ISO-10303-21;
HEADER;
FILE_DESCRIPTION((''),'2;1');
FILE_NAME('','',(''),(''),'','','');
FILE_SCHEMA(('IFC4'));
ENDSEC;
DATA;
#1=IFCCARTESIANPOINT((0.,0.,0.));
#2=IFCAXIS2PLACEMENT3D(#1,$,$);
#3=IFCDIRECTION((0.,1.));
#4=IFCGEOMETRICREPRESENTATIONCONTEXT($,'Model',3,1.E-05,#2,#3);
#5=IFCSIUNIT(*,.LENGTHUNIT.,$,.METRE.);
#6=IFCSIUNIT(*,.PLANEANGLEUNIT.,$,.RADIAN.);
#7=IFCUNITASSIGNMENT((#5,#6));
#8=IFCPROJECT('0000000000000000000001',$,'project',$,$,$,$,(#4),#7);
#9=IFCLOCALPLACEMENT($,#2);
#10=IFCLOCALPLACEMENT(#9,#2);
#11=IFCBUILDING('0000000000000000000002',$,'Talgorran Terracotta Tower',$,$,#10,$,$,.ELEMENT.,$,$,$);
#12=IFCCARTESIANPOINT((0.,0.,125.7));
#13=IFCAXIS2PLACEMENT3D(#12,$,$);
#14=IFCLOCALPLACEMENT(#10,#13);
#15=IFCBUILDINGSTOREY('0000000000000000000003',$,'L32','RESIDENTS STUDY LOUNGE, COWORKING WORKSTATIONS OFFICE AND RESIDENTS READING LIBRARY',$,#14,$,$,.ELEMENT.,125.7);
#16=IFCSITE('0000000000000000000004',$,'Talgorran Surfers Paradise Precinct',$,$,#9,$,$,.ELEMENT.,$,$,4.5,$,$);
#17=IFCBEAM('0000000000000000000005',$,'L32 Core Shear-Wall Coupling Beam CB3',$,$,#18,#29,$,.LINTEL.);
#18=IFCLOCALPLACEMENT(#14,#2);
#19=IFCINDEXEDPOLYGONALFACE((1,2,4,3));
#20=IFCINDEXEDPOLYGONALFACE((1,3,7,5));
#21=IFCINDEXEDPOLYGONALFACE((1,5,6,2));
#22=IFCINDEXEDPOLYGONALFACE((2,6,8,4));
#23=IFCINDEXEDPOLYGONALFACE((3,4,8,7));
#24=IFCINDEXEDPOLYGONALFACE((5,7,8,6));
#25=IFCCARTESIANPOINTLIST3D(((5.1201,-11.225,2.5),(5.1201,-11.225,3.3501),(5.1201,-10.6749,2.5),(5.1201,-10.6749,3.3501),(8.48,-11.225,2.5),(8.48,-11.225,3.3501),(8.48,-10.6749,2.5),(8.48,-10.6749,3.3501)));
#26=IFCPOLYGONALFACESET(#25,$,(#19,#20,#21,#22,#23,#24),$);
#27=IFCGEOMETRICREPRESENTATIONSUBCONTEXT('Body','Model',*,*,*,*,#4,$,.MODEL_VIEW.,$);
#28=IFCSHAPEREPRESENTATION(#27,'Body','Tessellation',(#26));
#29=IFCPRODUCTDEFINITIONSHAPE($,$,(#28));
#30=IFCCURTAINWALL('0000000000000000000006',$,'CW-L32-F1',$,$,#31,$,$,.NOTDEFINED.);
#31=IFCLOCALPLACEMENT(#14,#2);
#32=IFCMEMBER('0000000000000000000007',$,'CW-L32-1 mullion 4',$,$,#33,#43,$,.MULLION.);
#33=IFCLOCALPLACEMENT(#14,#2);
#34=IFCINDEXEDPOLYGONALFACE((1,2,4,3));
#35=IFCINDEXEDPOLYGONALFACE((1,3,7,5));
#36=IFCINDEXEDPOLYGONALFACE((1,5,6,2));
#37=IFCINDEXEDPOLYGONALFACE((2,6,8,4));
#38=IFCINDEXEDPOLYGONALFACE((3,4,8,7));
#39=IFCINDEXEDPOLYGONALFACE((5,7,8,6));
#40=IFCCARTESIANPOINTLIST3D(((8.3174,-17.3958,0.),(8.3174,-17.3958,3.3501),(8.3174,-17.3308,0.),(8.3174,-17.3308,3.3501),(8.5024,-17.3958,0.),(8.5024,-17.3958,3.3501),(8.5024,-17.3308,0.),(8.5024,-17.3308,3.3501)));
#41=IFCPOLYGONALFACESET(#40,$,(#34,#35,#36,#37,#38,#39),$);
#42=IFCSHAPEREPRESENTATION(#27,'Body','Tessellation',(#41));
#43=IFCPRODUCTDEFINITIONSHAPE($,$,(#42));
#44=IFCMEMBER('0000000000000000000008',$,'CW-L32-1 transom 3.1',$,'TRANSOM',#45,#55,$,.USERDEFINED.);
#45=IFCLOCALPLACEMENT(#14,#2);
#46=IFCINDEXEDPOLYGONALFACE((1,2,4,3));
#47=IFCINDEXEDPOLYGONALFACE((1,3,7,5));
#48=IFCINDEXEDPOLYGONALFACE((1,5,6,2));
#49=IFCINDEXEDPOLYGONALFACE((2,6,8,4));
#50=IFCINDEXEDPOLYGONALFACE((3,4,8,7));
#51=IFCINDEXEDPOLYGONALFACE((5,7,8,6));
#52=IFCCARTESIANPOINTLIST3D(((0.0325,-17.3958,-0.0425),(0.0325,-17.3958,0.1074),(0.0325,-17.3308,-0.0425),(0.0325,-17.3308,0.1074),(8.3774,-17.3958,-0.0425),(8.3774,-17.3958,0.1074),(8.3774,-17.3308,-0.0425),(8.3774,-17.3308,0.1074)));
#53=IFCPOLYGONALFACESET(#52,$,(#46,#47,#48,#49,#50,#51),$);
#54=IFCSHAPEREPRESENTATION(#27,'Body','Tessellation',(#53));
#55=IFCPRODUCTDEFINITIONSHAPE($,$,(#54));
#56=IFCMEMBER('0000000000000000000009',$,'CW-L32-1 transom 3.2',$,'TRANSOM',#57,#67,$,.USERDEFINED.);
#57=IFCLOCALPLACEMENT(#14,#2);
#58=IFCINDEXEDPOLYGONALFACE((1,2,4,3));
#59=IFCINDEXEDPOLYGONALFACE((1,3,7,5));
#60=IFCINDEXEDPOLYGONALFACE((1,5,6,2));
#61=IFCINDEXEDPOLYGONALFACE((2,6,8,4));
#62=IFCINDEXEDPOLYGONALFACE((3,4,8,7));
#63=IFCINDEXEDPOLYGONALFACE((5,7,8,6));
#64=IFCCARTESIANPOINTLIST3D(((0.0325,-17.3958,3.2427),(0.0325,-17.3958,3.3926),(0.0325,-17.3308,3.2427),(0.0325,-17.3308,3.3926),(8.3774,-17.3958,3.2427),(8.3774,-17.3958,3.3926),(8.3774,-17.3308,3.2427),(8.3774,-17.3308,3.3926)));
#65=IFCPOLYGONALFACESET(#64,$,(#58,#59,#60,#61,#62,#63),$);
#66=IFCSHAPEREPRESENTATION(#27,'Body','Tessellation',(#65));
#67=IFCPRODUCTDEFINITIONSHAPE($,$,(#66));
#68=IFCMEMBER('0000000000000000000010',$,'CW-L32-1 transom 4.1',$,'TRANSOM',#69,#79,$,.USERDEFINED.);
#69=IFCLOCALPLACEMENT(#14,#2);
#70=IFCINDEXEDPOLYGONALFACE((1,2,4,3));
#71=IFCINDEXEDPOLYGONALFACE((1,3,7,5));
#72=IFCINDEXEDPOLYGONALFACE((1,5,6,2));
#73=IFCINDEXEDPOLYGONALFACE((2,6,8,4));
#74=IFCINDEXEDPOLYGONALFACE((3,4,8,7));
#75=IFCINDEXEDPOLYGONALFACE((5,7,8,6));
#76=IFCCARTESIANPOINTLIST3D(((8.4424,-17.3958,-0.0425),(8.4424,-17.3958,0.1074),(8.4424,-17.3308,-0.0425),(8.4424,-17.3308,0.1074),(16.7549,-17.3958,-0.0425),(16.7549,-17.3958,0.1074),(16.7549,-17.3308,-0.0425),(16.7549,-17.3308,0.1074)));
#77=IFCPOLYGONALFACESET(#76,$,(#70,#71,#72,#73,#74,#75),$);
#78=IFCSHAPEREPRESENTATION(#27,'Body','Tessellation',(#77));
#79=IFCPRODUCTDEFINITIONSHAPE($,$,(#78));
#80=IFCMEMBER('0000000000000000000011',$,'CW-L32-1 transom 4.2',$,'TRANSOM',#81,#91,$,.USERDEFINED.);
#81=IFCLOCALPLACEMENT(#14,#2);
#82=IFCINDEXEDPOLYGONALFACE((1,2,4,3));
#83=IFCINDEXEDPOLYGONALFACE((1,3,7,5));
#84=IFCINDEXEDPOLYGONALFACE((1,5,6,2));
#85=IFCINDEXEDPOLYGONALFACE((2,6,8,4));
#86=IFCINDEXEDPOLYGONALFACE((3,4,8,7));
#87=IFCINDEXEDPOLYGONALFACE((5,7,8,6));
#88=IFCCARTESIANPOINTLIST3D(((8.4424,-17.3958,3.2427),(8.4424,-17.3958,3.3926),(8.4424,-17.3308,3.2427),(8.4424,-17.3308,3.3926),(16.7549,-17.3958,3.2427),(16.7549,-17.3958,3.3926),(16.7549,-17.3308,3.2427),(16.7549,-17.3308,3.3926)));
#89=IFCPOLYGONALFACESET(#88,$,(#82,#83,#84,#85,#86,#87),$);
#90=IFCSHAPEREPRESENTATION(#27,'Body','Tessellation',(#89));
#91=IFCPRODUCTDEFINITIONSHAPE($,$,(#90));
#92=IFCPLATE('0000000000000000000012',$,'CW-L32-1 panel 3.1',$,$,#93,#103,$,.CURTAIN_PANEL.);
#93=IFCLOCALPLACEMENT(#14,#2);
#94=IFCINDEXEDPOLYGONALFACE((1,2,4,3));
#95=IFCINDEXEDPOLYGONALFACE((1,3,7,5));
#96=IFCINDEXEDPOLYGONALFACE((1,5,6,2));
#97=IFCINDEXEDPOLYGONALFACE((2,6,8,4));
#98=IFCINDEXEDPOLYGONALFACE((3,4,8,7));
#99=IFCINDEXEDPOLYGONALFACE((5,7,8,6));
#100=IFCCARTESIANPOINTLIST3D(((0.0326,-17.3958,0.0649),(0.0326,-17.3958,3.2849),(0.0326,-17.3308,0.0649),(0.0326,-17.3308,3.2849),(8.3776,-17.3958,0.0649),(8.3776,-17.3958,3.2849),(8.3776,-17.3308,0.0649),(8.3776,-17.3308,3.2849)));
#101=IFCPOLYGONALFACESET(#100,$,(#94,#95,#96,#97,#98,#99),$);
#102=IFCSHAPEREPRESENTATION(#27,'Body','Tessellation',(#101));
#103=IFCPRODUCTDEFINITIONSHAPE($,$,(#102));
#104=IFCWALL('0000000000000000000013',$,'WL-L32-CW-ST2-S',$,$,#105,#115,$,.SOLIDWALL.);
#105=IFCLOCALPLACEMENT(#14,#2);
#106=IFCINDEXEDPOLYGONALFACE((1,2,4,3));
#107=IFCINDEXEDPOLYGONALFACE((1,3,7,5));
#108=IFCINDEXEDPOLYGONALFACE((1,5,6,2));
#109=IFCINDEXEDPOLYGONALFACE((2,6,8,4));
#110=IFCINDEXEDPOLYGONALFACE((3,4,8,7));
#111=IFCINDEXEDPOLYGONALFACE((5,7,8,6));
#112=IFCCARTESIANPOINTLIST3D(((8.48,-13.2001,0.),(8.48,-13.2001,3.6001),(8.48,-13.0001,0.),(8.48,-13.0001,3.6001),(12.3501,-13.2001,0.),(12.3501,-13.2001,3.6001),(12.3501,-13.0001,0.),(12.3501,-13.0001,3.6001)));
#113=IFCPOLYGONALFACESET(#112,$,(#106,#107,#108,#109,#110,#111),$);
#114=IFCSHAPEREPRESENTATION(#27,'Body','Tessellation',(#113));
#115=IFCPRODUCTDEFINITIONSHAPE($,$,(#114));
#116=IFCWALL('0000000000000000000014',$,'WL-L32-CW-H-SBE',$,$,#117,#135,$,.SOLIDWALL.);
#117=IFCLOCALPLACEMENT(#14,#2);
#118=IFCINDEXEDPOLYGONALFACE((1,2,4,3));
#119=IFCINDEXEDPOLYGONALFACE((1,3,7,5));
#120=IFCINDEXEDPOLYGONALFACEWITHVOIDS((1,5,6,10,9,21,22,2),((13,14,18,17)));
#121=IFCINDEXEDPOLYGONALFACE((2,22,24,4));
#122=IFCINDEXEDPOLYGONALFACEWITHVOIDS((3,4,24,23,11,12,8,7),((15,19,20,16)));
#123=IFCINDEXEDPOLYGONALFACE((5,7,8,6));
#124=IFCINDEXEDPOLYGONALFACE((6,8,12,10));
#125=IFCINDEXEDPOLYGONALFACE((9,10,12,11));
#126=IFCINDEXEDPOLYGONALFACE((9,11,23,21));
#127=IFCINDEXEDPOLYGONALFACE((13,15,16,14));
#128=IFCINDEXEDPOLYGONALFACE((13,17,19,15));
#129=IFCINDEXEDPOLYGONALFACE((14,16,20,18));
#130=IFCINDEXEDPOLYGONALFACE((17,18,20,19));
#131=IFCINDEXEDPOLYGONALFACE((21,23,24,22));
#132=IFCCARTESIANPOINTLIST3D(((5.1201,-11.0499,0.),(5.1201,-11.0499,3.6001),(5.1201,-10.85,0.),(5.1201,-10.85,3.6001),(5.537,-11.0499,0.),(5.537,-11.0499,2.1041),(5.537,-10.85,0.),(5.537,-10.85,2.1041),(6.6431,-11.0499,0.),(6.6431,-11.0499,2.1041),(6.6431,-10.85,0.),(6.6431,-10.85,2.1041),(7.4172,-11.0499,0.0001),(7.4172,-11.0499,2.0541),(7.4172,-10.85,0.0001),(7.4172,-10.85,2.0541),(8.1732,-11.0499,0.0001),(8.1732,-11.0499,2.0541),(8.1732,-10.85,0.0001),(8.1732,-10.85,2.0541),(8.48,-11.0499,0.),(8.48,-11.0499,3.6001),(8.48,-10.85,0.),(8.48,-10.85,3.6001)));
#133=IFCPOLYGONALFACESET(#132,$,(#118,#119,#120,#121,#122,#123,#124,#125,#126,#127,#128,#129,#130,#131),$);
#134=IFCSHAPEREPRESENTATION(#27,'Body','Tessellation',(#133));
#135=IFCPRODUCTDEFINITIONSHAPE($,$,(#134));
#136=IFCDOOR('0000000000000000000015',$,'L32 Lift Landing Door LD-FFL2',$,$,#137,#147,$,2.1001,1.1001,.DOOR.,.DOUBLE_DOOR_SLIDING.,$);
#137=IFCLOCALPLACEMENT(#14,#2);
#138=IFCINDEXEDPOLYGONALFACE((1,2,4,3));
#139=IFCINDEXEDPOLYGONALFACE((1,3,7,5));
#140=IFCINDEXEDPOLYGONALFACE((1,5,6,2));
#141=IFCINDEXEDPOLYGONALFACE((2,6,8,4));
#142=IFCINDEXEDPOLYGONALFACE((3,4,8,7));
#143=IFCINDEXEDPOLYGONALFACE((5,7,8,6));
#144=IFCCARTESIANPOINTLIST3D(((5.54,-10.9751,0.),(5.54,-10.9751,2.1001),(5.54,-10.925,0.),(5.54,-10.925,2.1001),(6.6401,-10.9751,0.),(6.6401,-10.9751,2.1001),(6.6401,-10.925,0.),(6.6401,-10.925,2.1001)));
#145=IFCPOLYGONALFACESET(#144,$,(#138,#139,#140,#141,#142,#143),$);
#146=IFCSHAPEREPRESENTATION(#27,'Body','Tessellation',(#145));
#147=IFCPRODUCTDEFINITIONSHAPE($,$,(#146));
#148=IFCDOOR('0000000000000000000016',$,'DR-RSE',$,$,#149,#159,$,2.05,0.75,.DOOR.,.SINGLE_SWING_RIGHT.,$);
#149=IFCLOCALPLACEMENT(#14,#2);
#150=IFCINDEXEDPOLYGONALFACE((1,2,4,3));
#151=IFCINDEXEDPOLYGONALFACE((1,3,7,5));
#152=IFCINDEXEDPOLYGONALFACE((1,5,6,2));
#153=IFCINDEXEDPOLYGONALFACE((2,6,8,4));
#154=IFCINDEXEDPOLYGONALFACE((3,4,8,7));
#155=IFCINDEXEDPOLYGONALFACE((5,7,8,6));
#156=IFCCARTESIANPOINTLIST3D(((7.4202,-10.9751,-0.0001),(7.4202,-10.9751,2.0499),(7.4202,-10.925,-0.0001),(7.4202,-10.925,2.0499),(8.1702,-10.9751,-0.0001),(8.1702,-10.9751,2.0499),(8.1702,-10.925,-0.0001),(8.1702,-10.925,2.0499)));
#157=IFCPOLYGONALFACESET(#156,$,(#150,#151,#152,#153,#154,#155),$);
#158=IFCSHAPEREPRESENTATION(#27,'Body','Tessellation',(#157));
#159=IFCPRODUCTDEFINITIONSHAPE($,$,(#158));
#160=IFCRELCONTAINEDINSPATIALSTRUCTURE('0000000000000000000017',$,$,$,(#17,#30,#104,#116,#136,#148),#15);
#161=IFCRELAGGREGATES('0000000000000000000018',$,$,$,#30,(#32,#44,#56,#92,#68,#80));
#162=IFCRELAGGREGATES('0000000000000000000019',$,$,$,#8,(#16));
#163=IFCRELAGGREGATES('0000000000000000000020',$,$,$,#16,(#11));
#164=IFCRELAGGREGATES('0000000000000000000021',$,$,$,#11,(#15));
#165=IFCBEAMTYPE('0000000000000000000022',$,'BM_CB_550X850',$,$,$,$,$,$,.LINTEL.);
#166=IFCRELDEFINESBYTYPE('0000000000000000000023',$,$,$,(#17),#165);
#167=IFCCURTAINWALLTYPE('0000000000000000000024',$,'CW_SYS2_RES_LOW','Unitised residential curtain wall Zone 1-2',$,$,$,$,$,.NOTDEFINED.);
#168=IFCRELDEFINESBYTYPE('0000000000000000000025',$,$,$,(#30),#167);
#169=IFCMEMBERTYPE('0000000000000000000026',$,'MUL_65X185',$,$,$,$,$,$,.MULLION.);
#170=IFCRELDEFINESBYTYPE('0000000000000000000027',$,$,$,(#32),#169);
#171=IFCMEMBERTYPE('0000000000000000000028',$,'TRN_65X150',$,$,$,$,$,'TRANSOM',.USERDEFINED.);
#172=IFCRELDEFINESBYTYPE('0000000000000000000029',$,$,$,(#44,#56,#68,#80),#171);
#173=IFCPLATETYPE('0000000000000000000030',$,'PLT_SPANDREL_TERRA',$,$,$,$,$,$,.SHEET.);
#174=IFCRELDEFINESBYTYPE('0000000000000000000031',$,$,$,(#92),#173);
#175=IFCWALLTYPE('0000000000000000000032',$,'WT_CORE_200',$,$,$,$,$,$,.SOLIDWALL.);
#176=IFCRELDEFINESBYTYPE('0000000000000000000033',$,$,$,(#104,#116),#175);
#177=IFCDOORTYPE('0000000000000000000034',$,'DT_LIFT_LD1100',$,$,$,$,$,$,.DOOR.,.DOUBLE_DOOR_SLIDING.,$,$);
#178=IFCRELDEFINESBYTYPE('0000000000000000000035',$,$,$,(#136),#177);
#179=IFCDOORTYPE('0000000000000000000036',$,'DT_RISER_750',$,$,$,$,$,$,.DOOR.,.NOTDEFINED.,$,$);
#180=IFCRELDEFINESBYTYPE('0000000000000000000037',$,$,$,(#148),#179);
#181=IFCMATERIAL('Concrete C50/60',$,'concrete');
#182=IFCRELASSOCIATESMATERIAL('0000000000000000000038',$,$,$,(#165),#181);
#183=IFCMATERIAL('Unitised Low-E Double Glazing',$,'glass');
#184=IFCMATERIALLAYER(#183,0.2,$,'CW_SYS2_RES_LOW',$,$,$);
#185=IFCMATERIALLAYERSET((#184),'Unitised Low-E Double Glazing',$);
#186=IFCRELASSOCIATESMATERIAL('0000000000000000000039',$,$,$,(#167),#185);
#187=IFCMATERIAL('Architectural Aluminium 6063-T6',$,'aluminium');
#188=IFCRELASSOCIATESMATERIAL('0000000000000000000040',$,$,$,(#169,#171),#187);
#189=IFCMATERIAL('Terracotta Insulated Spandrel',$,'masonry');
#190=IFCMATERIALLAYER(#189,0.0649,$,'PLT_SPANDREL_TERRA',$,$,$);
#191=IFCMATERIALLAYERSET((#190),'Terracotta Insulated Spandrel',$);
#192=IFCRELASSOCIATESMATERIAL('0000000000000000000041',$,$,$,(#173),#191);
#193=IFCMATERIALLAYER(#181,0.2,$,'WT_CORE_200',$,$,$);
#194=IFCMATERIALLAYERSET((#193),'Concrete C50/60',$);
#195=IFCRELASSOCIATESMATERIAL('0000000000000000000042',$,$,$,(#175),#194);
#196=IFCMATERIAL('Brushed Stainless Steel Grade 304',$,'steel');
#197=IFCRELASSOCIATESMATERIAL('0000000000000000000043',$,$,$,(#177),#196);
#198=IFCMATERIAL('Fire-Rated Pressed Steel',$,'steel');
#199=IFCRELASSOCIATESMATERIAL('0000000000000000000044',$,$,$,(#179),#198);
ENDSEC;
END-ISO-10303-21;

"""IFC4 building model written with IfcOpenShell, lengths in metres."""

from ifc_helpers import new_model, si_unit, direction, frame, frame_2d, origin, origin_2d, place, context, subcontext, project, spatial, rectangle, extrude, source, transform, mapped, material, layer, layer_set, material_profile, profile_set, type_object, type_shapes, element, fill, aggregate, save


model = new_model("IFC4")

# Units and contexts
model_context = context("Model", 3, precision=1e-05, world=origin(), true_north=direction((0.0, 1.0)))
body_context = subcontext(model_context, "Body", "Model", "MODEL_VIEW")
ifc_project = project(units=[si_unit("LENGTHUNIT", "METRE"), si_unit("PLANEANGLEUNIT", "RADIAN")], contexts=[model_context])

# Site, building, storey
site_placement = place(None, origin())
site = spatial("IfcSite", under=ifc_project, at=site_placement, Name="Talgorran Surfers Paradise Precinct", CompositionType="ELEMENT", RefElevation=4.5)
building_placement = place(site_placement, origin())
building = spatial("IfcBuilding", under=site, at=building_placement, Name="Talgorran Terracotta Tower", CompositionType="ELEMENT")
storey_placement = place(building_placement, frame((0.0, 0.0, 125.7)))
storey = spatial("IfcBuildingStorey", under=building, at=storey_placement, Name="L32", Description="RESIDENTS STUDY LOUNGE, COWORKING WORKSTATIONS OFFICE AND RESIDENTS READING LIBRARY", CompositionType="ELEMENT", Elevation=125.7)

# Beam
ifc_material_1 = material(Name="Concrete C50/60", Category="concrete")
ifc_material_profile_1 = material_profile(ifc_material_1, rectangle(XDim=0.55, YDim=0.8501, at=origin_2d()), Name="RCCB550X850")
ifc_profile_set_1 = profile_set([ifc_material_profile_1], Name="Concrete C50/60")
beam_type = type_object("IfcBeamType", Name="BM_CB_550X850", PredefinedType="LINTEL", material=ifc_profile_set_1)
beam_placement = place(storey_placement, frame((5.1201, -10.95, 2.925), z_axis=(1.0, 0.0, 0.0), x_axis=(0.0, 1.0, 0.0)))
element("IfcBeam", 1, at=beam_placement, inside=storey, type_object=beam_type, Name="L32 Core Shear-Wall Coupling Beam CB3", PredefinedType="LINTEL", context=body_context, shape_type="SweptSolid", body=[
    extrude(rectangle(XDim=0.55, YDim=0.8501, at=origin_2d()), origin(), (0.0, 0.0, 1.0), 3.3599),
])

# Curtain wall, members, plate
ifc_material_2 = material(Name="Unitised Low-E Double Glazing", Category="glass")
ifc_layer_1 = layer(ifc_material_2, 0.2, Name="CW_SYS2_RES_LOW")
ifc_layer_set_1 = layer_set([ifc_layer_1], Name="Unitised Low-E Double Glazing")
curtain_wall_type = type_object("IfcCurtainWallType", Name="CW_SYS2_RES_LOW", Description="Unitised residential curtain wall Zone 1-2", PredefinedType="NOTDEFINED", material=ifc_layer_set_1)
curtain_wall_placement = place(storey_placement, origin())
curtain_wall = element("IfcCurtainWall", 2, at=curtain_wall_placement, inside=storey, type_object=curtain_wall_type, Name="CW-L32-F1", PredefinedType="NOTDEFINED")
ifc_material_3 = material(Name="Architectural Aluminium 6063-T6", Category="aluminium")
ifc_material_profile_2 = material_profile(ifc_material_3, rectangle(XDim=0.0649, YDim=0.1851, at=origin_2d()), Name="CWM65X185")
ifc_profile_set_2 = profile_set([ifc_material_profile_2], Name="Architectural Aluminium 6063-T6")
member_type_1 = type_object("IfcMemberType", Name="MUL_65X185", PredefinedType="MULLION", material=ifc_profile_set_2)
member_1_placement = place(storey_placement, frame((8.4099, -17.3633, 0.0), z_axis=(0.0, 0.0, 1.0), x_axis=(0.0, 1.0, 0.0)))
member_1 = element("IfcMember", 3, at=member_1_placement, type_object=member_type_1, Name="CW-L32-1 mullion 4", PredefinedType="MULLION", context=body_context, shape_type="SweptSolid", body=[
    extrude(rectangle(XDim=0.0649, YDim=0.1851, at=origin_2d()), origin(), (0.0, 0.0, 1.0), 3.3501),
])
ifc_material_profile_3 = material_profile(ifc_material_3, rectangle(XDim=0.0649, YDim=0.1499, at=origin_2d()), Name="CWT65X150")
ifc_profile_set_3 = profile_set([ifc_material_profile_3], Name="Architectural Aluminium 6063-T6")
member_type_2 = type_object("IfcMemberType", Name="TRN_65X150", ElementType="TRANSOM", PredefinedType="USERDEFINED", material=ifc_profile_set_3)
member_2_placement = place(storey_placement, frame((0.0325, -17.3633, 0.0325), z_axis=(1.0, 0.0, 0.0), x_axis=(0.0, 1.0, 0.0)))
member_2 = element("IfcMember", 4, at=member_2_placement, type_object=member_type_2, Name="CW-L32-1 transom 3.1", ObjectType="TRANSOM", PredefinedType="USERDEFINED", context=body_context, shape_type="SweptSolid", body=[
    extrude(rectangle(XDim=0.0649, YDim=0.1499, at=origin_2d()), origin(), (0.0, 0.0, 1.0), 8.345),
])
member_3_placement = place(storey_placement, frame((0.0325, -17.3633, 3.3176), z_axis=(1.0, 0.0, 0.0), x_axis=(0.0, 1.0, 0.0)))
member_3 = element("IfcMember", 5, at=member_3_placement, type_object=member_type_2, Name="CW-L32-1 transom 3.2", ObjectType="TRANSOM", PredefinedType="USERDEFINED", context=body_context, shape_type="SweptSolid", body=[
    extrude(rectangle(XDim=0.0649, YDim=0.1499, at=origin_2d()), origin(), (0.0, 0.0, 1.0), 8.345),
])
member_4_placement = place(storey_placement, frame((8.4424, -17.3633, 0.0325), z_axis=(1.0, 0.0, 0.0), x_axis=(0.0, 1.0, 0.0)))
member_4 = element("IfcMember", 6, at=member_4_placement, type_object=member_type_2, Name="CW-L32-1 transom 4.1", ObjectType="TRANSOM", PredefinedType="USERDEFINED", context=body_context, shape_type="SweptSolid", body=[
    extrude(rectangle(XDim=0.0649, YDim=0.1499, at=origin_2d()), origin(), (0.0, 0.0, 1.0), 8.3125),
])
member_5_placement = place(storey_placement, frame((8.4424, -17.3633, 3.3176), z_axis=(1.0, 0.0, 0.0), x_axis=(0.0, 1.0, 0.0)))
member_5 = element("IfcMember", 7, at=member_5_placement, type_object=member_type_2, Name="CW-L32-1 transom 4.2", ObjectType="TRANSOM", PredefinedType="USERDEFINED", context=body_context, shape_type="SweptSolid", body=[
    extrude(rectangle(XDim=0.0649, YDim=0.1499, at=origin_2d()), origin(), (0.0, 0.0, 1.0), 8.3125),
])
ifc_material_4 = material(Name="Terracotta Insulated Spandrel", Category="masonry")
ifc_layer_2 = layer(ifc_material_4, 0.0649, Name="PLT_SPANDREL_TERRA")
ifc_layer_set_2 = layer_set([ifc_layer_2], Name="Terracotta Insulated Spandrel")
plate_type = type_object("IfcPlateType", Name="PLT_SPANDREL_TERRA", PredefinedType="SHEET", material=ifc_layer_set_2)
shared_shape = source(origin(), body_context, "Body", "SweptSolid", [
    extrude(rectangle(XDim=8.345, YDim=0.0649, at=origin_2d()), origin(), (0.0, 0.0, 1.0), 3.22),
])
type_shapes(plate_type, [shared_shape])
plate_placement = place(storey_placement, frame((4.2051, -17.3633, 0.0649), z_axis=(0.0, 0.0, 1.0), x_axis=(1.0, 0.0, 0.0)))
plate = element("IfcPlate", 8, at=plate_placement, type_object=plate_type, Name="CW-L32-1 panel 3.1", PredefinedType="CURTAIN_PANEL", context=body_context, shape_type="MappedRepresentation", body=[
    mapped(shared_shape, transform((0.0, 0.0, 0.0), scale=1.0)),
])
aggregate(curtain_wall, [member_1, member_2, member_3, plate, member_4, member_5])

# Wall
ifc_layer_3 = layer(ifc_material_1, 0.2, Name="WT_CORE_200")
ifc_layer_set_3 = layer_set([ifc_layer_3], Name="Concrete C50/60")
wall_type_1 = type_object("IfcWallType", Name="WT_CORE_200", PredefinedType="SOLIDWALL", material=ifc_layer_set_3)
wall_1_placement = place(storey_placement, frame((8.48, -13.1001, 0.0), z_axis=(0.0, 0.0, 1.0), x_axis=(1.0, 0.0, 0.0)))
element("IfcWall", 9, at=wall_1_placement, inside=storey, type_object=wall_type_1, Name="WL-L32-CW-ST2-S", PredefinedType="SOLIDWALL", context=body_context, shape_type="SweptSolid", body=[
    extrude(rectangle(XDim=3.8701, YDim=0.2, at=frame_2d((1.9351, 0.0))), origin(), (0.0, 0.0, 1.0), 3.6001),
])

# Wall, openings, doors
wall_2_placement = place(storey_placement, frame((5.1201, -10.95, 0.0), z_axis=(0.0, 0.0, 1.0), x_axis=(1.0, 0.0, 0.0)))
wall_2 = element("IfcWall", 10, at=wall_2_placement, inside=storey, type_object=wall_type_1, Name="WL-L32-CW-H-SBE", PredefinedType="SOLIDWALL", context=body_context, shape_type="SweptSolid", body=[
    extrude(rectangle(XDim=3.3599, YDim=0.2, at=frame_2d((1.6799, 0.0))), origin(), (0.0, 0.0, 1.0), 3.6001),
])
opening_1_placement = place(wall_2_placement, frame((0.4199, 0.0, 0.0)))
opening_1 = element("IfcOpeningElement", 11, at=opening_1_placement, cuts=wall_2, PredefinedType="OPENING", context=body_context, shape_type="SweptSolid", body=[
    extrude(rectangle(XDim=1.1061, YDim=2.1041, at=frame_2d((0.55, 1.052))), frame((0.0, 0.1099, 0.0), z_axis=(0.0, -1.0, 0.0), x_axis=(1.0, 0.0, 0.0)), (0.0, 0.0, 1.0), 0.22),
])
opening_2_placement = place(wall_2_placement, frame((2.3, 0.0, 0.0)))
opening_2 = element("IfcOpeningElement", 12, at=opening_2_placement, cuts=wall_2, PredefinedType="OPENING", context=body_context, shape_type="SweptSolid", body=[
    extrude(rectangle(XDim=0.756, YDim=2.054, at=frame_2d((0.375, 1.0271))), frame((0.0, 0.1099, 0.0), z_axis=(0.0, -1.0, 0.0), x_axis=(1.0, 0.0, 0.0)), (0.0, 0.0, 1.0), 0.22),
])
ifc_material_5 = material(Name="Brushed Stainless Steel Grade 304", Category="steel")
door_type_1 = type_object("IfcDoorType", Name="DT_LIFT_LD1100", OperationType="DOUBLE_DOOR_SLIDING", PredefinedType="DOOR", material=ifc_material_5)
door_1_placement = place(opening_1_placement, origin())
door_1 = element("IfcDoor", 13, at=door_1_placement, inside=storey, type_object=door_type_1, Name="L32 Lift Landing Door LD-FFL2", OperationType="DOUBLE_DOOR_SLIDING", OverallHeight=2.1001, OverallWidth=1.1001, PredefinedType="DOOR", context=body_context, shape_type="SweptSolid", body=[
    extrude(rectangle(XDim=1.1001, YDim=2.1001, at=frame_2d((0.55, 1.05))), frame((0.0, 0.0249, 0.0), z_axis=(0.0, -1.0, 0.0), x_axis=(1.0, 0.0, 0.0)), (0.0, 0.0, 1.0), 0.05),
])
fill(opening_1, door_1)
ifc_material_6 = material(Name="Fire-Rated Pressed Steel", Category="steel")
door_type_2 = type_object("IfcDoorType", Name="DT_RISER_750", OperationType="NOTDEFINED", PredefinedType="DOOR", material=ifc_material_6)
door_2_placement = place(opening_2_placement, origin())
door_2 = element("IfcDoor", 14, at=door_2_placement, inside=storey, type_object=door_type_2, Name="DR-RSE", OperationType="SINGLE_SWING_RIGHT", OverallHeight=2.05, OverallWidth=0.75, PredefinedType="DOOR", context=body_context, shape_type="SweptSolid", body=[
    extrude(rectangle(XDim=0.75, YDim=2.05, at=frame_2d((0.375, 1.0249))), frame((0.0, 0.0249, 0.0), z_axis=(0.0, -1.0, 0.0), x_axis=(1.0, 0.0, 0.0)), (0.0, 0.0, 1.0), 0.05),
])
fill(opening_2, door_2)

save(model, "model.ifc")
